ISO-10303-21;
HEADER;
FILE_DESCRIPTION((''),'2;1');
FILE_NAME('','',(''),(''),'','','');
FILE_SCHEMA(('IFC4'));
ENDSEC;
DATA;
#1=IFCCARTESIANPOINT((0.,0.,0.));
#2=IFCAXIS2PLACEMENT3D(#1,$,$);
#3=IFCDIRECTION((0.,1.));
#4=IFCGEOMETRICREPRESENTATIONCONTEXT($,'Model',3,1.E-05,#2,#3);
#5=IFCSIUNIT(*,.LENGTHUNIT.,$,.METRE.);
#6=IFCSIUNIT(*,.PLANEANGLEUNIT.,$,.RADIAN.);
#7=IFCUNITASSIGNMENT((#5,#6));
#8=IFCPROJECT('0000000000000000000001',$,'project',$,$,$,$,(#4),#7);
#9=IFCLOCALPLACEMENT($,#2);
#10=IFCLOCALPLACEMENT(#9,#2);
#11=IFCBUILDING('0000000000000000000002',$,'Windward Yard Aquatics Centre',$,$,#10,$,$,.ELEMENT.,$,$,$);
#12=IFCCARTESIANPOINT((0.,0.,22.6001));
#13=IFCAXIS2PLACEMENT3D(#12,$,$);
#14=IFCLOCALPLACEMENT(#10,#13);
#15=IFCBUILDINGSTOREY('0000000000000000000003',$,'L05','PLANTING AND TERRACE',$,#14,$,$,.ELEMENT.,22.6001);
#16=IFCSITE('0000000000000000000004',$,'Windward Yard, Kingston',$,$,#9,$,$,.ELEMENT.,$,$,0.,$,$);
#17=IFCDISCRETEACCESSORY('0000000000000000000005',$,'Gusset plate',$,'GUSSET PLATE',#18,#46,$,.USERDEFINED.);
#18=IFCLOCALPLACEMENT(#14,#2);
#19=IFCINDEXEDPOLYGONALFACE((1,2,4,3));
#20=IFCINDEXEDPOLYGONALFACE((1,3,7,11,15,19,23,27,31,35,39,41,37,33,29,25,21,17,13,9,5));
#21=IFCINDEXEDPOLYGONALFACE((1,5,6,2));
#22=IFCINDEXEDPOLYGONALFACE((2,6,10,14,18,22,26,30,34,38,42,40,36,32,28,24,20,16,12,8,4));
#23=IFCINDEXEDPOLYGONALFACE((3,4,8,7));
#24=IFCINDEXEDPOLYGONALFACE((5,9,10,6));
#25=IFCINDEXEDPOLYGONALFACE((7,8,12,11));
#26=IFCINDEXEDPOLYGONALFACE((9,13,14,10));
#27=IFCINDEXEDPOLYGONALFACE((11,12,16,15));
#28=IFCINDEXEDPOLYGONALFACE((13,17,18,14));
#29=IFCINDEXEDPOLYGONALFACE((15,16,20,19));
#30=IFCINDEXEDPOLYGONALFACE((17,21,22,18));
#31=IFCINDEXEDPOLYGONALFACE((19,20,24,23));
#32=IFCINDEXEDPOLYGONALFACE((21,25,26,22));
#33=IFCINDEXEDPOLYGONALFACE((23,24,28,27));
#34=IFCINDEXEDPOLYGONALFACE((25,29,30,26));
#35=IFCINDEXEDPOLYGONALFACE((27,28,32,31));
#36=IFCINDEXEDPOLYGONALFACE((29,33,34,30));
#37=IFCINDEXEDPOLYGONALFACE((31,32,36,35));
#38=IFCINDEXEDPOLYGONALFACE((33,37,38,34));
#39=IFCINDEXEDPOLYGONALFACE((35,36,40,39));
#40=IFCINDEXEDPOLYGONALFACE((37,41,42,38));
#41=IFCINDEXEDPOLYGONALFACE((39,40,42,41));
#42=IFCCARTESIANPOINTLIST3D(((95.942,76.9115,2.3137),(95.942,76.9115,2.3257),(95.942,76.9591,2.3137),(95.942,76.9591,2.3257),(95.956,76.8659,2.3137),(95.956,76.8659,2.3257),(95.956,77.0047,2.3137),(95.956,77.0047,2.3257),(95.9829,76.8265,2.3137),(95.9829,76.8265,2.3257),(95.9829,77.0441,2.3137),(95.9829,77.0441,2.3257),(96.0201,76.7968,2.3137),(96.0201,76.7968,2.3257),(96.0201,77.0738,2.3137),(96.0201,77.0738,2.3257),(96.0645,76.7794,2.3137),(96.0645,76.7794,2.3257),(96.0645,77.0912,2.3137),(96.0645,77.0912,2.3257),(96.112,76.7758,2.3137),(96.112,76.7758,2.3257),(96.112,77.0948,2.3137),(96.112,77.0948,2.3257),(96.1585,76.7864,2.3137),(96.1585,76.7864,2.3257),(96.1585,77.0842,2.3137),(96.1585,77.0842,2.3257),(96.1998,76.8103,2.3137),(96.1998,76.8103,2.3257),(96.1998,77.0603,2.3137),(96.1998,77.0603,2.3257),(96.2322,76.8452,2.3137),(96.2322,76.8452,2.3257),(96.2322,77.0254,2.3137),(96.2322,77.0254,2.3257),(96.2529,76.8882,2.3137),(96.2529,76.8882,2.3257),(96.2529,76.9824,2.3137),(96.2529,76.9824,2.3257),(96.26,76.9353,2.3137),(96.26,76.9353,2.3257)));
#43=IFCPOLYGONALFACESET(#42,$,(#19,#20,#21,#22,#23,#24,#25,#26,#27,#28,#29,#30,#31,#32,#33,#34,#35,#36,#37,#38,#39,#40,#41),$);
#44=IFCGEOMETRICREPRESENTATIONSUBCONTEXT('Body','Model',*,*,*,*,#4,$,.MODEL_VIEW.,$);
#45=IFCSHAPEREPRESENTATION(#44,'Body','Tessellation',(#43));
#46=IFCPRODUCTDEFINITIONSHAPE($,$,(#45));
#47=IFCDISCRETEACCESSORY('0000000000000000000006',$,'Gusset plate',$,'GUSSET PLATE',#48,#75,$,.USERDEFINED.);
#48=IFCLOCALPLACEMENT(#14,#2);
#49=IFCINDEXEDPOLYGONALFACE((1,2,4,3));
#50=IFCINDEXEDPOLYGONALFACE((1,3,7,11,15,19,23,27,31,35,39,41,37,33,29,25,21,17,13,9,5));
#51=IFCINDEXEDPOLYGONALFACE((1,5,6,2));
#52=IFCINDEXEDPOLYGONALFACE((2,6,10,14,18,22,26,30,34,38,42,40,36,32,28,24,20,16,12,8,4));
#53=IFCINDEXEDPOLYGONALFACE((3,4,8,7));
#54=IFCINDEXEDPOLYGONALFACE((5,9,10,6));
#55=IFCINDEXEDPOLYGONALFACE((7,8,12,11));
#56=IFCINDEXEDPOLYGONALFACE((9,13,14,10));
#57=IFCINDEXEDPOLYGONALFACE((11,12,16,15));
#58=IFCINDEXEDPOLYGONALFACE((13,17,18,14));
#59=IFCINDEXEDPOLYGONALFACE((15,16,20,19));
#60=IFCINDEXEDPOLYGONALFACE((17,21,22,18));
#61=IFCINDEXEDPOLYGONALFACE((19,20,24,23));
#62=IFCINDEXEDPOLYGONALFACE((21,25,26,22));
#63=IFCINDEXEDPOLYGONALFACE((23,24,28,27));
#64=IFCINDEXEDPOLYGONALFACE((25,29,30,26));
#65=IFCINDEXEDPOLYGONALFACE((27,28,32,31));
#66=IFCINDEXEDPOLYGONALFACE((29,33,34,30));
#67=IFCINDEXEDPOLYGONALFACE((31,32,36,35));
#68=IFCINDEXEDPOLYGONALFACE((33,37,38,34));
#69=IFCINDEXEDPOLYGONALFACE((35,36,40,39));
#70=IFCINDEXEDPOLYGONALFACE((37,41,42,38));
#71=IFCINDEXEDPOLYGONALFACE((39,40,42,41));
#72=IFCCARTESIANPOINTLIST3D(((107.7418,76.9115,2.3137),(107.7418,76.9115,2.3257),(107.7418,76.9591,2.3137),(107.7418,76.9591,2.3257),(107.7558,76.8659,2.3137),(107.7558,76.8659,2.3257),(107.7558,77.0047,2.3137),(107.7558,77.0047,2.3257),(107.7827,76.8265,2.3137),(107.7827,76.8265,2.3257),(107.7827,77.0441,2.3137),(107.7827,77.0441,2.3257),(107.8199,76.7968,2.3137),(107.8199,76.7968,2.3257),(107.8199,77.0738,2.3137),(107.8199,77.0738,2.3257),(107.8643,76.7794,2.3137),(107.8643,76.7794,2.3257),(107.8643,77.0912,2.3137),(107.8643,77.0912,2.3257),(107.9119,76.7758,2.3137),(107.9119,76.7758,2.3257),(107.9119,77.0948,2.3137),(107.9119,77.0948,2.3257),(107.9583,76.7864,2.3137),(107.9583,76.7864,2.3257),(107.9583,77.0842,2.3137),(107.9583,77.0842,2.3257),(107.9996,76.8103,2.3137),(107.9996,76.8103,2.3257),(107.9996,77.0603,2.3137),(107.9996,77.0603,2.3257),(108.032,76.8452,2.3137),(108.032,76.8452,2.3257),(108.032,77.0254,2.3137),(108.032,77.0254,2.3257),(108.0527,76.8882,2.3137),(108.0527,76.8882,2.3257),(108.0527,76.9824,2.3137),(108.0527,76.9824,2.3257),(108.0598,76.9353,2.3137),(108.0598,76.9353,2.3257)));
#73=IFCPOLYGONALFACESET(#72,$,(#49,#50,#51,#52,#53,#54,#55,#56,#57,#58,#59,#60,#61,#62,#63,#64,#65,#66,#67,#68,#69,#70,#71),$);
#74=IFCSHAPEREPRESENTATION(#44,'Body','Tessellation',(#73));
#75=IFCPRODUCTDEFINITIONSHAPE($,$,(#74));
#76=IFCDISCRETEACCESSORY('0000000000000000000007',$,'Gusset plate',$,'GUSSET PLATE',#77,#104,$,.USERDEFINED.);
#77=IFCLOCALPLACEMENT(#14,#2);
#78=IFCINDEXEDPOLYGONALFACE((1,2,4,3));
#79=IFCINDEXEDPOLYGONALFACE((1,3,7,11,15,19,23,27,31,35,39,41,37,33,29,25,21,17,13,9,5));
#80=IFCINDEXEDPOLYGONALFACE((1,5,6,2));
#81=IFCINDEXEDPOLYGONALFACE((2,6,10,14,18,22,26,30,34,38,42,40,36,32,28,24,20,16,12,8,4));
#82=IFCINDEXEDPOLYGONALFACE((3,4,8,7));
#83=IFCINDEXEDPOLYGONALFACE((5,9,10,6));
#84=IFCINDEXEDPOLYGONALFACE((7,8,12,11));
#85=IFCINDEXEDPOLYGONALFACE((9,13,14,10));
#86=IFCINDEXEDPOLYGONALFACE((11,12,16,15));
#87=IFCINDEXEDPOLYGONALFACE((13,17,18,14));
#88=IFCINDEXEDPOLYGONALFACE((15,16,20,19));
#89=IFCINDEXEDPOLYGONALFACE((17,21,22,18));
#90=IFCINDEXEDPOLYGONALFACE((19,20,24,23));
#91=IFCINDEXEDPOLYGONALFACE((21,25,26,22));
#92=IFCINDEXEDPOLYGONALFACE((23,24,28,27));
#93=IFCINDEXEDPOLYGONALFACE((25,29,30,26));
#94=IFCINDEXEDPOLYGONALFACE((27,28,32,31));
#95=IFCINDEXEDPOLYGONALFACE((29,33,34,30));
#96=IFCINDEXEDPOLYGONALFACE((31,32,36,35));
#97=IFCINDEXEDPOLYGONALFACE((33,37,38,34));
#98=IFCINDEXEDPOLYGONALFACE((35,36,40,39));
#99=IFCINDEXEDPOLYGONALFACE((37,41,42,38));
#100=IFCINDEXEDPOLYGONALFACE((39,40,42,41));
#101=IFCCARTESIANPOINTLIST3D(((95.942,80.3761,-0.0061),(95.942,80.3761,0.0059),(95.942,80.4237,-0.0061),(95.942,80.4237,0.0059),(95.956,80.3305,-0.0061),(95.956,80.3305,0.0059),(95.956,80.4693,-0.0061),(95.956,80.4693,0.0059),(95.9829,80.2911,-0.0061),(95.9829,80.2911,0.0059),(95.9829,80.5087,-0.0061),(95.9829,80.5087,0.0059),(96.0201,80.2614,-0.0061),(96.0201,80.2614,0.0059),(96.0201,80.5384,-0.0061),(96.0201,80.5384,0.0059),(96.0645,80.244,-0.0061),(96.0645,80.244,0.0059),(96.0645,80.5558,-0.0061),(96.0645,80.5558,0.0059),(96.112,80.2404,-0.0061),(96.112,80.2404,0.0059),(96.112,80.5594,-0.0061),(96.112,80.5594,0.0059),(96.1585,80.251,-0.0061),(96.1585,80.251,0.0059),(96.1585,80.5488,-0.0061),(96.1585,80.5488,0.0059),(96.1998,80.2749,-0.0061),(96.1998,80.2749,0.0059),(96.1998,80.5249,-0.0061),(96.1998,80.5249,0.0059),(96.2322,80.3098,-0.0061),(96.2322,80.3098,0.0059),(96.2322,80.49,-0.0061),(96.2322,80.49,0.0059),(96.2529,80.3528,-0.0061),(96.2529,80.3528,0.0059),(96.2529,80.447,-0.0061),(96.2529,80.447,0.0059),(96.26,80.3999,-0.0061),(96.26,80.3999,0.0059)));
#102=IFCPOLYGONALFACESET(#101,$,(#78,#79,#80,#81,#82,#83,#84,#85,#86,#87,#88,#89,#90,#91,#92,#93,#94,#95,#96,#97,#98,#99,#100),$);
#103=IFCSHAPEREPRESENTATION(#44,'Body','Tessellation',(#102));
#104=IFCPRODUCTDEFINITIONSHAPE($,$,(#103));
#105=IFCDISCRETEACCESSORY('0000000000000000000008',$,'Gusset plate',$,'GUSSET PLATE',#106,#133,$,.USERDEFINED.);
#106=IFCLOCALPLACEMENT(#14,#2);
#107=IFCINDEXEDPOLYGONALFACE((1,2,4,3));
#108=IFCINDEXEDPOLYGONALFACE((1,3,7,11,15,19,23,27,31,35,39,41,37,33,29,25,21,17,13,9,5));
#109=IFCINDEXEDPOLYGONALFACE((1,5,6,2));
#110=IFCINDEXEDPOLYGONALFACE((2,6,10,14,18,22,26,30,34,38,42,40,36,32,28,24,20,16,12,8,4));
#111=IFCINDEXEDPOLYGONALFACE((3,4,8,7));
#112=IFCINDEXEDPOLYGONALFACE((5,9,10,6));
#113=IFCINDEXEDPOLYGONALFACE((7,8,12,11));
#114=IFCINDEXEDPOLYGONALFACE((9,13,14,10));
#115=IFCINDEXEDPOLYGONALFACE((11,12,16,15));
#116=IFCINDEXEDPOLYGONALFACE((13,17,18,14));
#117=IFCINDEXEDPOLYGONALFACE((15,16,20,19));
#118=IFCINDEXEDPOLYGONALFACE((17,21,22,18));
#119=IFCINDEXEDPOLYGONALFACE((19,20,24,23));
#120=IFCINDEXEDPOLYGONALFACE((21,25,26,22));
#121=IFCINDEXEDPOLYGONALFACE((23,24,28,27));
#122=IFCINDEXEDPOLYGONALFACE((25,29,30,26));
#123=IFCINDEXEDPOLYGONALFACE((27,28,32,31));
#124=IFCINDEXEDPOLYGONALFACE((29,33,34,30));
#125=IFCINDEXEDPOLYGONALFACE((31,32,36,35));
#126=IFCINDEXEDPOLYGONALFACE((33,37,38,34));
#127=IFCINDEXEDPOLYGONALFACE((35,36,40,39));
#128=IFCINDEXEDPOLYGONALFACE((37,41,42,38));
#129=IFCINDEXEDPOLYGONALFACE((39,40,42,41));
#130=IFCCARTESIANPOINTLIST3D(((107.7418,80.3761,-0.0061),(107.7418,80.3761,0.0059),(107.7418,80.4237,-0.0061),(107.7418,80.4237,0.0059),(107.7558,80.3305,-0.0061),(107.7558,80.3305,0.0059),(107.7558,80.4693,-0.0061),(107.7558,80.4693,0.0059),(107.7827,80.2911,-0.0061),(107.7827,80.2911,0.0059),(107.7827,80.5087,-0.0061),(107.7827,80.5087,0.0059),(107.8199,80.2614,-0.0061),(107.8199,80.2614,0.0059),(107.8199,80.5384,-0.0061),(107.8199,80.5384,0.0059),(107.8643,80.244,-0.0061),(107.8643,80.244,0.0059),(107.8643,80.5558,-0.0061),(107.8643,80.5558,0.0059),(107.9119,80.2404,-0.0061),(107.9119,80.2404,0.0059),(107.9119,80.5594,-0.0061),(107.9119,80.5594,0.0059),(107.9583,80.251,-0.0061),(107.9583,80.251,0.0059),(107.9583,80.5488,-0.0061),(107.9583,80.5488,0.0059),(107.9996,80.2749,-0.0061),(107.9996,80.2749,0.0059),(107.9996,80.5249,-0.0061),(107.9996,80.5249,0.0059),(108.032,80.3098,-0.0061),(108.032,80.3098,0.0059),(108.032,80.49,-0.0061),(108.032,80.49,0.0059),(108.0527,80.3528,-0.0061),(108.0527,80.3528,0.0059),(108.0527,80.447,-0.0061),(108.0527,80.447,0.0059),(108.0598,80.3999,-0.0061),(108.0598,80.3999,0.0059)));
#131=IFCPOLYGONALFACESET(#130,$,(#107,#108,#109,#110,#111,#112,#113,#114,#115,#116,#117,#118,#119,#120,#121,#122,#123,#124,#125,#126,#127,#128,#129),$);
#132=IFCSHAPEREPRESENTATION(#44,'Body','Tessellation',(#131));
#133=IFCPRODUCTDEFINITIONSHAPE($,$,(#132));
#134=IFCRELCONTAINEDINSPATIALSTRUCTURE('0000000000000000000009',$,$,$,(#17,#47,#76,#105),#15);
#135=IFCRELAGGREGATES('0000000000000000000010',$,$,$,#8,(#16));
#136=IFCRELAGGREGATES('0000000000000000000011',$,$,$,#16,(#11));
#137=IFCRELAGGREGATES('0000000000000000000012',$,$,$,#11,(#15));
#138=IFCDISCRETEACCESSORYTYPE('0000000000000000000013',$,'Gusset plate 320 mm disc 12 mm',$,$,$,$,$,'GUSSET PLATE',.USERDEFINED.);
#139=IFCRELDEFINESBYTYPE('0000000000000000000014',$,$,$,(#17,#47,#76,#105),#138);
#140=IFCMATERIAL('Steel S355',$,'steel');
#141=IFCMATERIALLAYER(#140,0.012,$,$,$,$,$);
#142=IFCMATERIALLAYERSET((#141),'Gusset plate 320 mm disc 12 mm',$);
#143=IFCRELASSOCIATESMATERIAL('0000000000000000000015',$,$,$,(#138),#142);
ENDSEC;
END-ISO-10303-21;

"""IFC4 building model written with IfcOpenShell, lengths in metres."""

from ifc_helpers import new_model, si_unit, direction, frame, origin, origin_2d, place, context, subcontext, project, spatial, circle, extrude, material, layer, layer_set, type_object, element, save


model = new_model("IFC4")

# Units and contexts
model_context = context("Model", 3, precision=1e-05, world=origin(), true_north=direction((0.0, 1.0)))
body_context = subcontext(model_context, "Body", "Model", "MODEL_VIEW")
ifc_project = project(units=[si_unit("LENGTHUNIT", "METRE"), si_unit("PLANEANGLEUNIT", "RADIAN")], contexts=[model_context])

# Site, building, storey
site_placement = place(None, origin())
site = spatial("IfcSite", under=ifc_project, at=site_placement, Name="Windward Yard, Kingston", CompositionType="ELEMENT", RefElevation=0.0)
building_placement = place(site_placement, origin())
building = spatial("IfcBuilding", under=site, at=building_placement, Name="Windward Yard Aquatics Centre", CompositionType="ELEMENT")
storey_placement = place(building_placement, frame((0.0, 0.0, 22.6001)))
storey = spatial("IfcBuildingStorey", under=building, at=storey_placement, Name="L05", Description="PLANTING AND TERRACE", CompositionType="ELEMENT", Elevation=22.6001)

# Discrete accessories
ifc_material_1 = material(Name="Steel S355", Category="steel")
ifc_layer_1 = layer(ifc_material_1, 0.012)
ifc_layer_set_1 = layer_set([ifc_layer_1], Name="Gusset plate 320 mm disc 12 mm")
discrete_accessory_type_1 = type_object("IfcDiscreteAccessoryType", Name="Gusset plate 320 mm disc 12 mm", ElementType="GUSSET PLATE", PredefinedType="USERDEFINED", material=ifc_layer_set_1)
for number, where, z_axis, x_axis, name in (
    (1, (96.1001, 76.9353, 2.3137), (0.0, 0.0, 1.0), (1.0, 0.0, 0.0), "Gusset plate"),
    (2, (107.8999, 76.9353, 2.3137), (0.0, 0.0, 1.0), (1.0, 0.0, 0.0), "Gusset plate"),
    (3, (96.1001, 80.3999, -0.0061), (0.0, 0.0, 1.0), (1.0, 0.0, 0.0), "Gusset plate"),
    (4, (107.8999, 80.3999, -0.0061), (0.0, 0.0, 1.0), (1.0, 0.0, 0.0), "Gusset plate"),
):
    element("IfcDiscreteAccessory", number, at=place(storey_placement, frame(where, z_axis=z_axis, x_axis=x_axis)), inside=storey, type_object=discrete_accessory_type_1, Name=name, ObjectType="GUSSET PLATE", PredefinedType="USERDEFINED", context=body_context, shape_type="SweptSolid", body=[
        extrude(circle(Radius=0.1599, at=origin_2d()), origin(), (0.0, 0.0, 1.0), 0.012),
    ])

save(model, "model.ifc")
